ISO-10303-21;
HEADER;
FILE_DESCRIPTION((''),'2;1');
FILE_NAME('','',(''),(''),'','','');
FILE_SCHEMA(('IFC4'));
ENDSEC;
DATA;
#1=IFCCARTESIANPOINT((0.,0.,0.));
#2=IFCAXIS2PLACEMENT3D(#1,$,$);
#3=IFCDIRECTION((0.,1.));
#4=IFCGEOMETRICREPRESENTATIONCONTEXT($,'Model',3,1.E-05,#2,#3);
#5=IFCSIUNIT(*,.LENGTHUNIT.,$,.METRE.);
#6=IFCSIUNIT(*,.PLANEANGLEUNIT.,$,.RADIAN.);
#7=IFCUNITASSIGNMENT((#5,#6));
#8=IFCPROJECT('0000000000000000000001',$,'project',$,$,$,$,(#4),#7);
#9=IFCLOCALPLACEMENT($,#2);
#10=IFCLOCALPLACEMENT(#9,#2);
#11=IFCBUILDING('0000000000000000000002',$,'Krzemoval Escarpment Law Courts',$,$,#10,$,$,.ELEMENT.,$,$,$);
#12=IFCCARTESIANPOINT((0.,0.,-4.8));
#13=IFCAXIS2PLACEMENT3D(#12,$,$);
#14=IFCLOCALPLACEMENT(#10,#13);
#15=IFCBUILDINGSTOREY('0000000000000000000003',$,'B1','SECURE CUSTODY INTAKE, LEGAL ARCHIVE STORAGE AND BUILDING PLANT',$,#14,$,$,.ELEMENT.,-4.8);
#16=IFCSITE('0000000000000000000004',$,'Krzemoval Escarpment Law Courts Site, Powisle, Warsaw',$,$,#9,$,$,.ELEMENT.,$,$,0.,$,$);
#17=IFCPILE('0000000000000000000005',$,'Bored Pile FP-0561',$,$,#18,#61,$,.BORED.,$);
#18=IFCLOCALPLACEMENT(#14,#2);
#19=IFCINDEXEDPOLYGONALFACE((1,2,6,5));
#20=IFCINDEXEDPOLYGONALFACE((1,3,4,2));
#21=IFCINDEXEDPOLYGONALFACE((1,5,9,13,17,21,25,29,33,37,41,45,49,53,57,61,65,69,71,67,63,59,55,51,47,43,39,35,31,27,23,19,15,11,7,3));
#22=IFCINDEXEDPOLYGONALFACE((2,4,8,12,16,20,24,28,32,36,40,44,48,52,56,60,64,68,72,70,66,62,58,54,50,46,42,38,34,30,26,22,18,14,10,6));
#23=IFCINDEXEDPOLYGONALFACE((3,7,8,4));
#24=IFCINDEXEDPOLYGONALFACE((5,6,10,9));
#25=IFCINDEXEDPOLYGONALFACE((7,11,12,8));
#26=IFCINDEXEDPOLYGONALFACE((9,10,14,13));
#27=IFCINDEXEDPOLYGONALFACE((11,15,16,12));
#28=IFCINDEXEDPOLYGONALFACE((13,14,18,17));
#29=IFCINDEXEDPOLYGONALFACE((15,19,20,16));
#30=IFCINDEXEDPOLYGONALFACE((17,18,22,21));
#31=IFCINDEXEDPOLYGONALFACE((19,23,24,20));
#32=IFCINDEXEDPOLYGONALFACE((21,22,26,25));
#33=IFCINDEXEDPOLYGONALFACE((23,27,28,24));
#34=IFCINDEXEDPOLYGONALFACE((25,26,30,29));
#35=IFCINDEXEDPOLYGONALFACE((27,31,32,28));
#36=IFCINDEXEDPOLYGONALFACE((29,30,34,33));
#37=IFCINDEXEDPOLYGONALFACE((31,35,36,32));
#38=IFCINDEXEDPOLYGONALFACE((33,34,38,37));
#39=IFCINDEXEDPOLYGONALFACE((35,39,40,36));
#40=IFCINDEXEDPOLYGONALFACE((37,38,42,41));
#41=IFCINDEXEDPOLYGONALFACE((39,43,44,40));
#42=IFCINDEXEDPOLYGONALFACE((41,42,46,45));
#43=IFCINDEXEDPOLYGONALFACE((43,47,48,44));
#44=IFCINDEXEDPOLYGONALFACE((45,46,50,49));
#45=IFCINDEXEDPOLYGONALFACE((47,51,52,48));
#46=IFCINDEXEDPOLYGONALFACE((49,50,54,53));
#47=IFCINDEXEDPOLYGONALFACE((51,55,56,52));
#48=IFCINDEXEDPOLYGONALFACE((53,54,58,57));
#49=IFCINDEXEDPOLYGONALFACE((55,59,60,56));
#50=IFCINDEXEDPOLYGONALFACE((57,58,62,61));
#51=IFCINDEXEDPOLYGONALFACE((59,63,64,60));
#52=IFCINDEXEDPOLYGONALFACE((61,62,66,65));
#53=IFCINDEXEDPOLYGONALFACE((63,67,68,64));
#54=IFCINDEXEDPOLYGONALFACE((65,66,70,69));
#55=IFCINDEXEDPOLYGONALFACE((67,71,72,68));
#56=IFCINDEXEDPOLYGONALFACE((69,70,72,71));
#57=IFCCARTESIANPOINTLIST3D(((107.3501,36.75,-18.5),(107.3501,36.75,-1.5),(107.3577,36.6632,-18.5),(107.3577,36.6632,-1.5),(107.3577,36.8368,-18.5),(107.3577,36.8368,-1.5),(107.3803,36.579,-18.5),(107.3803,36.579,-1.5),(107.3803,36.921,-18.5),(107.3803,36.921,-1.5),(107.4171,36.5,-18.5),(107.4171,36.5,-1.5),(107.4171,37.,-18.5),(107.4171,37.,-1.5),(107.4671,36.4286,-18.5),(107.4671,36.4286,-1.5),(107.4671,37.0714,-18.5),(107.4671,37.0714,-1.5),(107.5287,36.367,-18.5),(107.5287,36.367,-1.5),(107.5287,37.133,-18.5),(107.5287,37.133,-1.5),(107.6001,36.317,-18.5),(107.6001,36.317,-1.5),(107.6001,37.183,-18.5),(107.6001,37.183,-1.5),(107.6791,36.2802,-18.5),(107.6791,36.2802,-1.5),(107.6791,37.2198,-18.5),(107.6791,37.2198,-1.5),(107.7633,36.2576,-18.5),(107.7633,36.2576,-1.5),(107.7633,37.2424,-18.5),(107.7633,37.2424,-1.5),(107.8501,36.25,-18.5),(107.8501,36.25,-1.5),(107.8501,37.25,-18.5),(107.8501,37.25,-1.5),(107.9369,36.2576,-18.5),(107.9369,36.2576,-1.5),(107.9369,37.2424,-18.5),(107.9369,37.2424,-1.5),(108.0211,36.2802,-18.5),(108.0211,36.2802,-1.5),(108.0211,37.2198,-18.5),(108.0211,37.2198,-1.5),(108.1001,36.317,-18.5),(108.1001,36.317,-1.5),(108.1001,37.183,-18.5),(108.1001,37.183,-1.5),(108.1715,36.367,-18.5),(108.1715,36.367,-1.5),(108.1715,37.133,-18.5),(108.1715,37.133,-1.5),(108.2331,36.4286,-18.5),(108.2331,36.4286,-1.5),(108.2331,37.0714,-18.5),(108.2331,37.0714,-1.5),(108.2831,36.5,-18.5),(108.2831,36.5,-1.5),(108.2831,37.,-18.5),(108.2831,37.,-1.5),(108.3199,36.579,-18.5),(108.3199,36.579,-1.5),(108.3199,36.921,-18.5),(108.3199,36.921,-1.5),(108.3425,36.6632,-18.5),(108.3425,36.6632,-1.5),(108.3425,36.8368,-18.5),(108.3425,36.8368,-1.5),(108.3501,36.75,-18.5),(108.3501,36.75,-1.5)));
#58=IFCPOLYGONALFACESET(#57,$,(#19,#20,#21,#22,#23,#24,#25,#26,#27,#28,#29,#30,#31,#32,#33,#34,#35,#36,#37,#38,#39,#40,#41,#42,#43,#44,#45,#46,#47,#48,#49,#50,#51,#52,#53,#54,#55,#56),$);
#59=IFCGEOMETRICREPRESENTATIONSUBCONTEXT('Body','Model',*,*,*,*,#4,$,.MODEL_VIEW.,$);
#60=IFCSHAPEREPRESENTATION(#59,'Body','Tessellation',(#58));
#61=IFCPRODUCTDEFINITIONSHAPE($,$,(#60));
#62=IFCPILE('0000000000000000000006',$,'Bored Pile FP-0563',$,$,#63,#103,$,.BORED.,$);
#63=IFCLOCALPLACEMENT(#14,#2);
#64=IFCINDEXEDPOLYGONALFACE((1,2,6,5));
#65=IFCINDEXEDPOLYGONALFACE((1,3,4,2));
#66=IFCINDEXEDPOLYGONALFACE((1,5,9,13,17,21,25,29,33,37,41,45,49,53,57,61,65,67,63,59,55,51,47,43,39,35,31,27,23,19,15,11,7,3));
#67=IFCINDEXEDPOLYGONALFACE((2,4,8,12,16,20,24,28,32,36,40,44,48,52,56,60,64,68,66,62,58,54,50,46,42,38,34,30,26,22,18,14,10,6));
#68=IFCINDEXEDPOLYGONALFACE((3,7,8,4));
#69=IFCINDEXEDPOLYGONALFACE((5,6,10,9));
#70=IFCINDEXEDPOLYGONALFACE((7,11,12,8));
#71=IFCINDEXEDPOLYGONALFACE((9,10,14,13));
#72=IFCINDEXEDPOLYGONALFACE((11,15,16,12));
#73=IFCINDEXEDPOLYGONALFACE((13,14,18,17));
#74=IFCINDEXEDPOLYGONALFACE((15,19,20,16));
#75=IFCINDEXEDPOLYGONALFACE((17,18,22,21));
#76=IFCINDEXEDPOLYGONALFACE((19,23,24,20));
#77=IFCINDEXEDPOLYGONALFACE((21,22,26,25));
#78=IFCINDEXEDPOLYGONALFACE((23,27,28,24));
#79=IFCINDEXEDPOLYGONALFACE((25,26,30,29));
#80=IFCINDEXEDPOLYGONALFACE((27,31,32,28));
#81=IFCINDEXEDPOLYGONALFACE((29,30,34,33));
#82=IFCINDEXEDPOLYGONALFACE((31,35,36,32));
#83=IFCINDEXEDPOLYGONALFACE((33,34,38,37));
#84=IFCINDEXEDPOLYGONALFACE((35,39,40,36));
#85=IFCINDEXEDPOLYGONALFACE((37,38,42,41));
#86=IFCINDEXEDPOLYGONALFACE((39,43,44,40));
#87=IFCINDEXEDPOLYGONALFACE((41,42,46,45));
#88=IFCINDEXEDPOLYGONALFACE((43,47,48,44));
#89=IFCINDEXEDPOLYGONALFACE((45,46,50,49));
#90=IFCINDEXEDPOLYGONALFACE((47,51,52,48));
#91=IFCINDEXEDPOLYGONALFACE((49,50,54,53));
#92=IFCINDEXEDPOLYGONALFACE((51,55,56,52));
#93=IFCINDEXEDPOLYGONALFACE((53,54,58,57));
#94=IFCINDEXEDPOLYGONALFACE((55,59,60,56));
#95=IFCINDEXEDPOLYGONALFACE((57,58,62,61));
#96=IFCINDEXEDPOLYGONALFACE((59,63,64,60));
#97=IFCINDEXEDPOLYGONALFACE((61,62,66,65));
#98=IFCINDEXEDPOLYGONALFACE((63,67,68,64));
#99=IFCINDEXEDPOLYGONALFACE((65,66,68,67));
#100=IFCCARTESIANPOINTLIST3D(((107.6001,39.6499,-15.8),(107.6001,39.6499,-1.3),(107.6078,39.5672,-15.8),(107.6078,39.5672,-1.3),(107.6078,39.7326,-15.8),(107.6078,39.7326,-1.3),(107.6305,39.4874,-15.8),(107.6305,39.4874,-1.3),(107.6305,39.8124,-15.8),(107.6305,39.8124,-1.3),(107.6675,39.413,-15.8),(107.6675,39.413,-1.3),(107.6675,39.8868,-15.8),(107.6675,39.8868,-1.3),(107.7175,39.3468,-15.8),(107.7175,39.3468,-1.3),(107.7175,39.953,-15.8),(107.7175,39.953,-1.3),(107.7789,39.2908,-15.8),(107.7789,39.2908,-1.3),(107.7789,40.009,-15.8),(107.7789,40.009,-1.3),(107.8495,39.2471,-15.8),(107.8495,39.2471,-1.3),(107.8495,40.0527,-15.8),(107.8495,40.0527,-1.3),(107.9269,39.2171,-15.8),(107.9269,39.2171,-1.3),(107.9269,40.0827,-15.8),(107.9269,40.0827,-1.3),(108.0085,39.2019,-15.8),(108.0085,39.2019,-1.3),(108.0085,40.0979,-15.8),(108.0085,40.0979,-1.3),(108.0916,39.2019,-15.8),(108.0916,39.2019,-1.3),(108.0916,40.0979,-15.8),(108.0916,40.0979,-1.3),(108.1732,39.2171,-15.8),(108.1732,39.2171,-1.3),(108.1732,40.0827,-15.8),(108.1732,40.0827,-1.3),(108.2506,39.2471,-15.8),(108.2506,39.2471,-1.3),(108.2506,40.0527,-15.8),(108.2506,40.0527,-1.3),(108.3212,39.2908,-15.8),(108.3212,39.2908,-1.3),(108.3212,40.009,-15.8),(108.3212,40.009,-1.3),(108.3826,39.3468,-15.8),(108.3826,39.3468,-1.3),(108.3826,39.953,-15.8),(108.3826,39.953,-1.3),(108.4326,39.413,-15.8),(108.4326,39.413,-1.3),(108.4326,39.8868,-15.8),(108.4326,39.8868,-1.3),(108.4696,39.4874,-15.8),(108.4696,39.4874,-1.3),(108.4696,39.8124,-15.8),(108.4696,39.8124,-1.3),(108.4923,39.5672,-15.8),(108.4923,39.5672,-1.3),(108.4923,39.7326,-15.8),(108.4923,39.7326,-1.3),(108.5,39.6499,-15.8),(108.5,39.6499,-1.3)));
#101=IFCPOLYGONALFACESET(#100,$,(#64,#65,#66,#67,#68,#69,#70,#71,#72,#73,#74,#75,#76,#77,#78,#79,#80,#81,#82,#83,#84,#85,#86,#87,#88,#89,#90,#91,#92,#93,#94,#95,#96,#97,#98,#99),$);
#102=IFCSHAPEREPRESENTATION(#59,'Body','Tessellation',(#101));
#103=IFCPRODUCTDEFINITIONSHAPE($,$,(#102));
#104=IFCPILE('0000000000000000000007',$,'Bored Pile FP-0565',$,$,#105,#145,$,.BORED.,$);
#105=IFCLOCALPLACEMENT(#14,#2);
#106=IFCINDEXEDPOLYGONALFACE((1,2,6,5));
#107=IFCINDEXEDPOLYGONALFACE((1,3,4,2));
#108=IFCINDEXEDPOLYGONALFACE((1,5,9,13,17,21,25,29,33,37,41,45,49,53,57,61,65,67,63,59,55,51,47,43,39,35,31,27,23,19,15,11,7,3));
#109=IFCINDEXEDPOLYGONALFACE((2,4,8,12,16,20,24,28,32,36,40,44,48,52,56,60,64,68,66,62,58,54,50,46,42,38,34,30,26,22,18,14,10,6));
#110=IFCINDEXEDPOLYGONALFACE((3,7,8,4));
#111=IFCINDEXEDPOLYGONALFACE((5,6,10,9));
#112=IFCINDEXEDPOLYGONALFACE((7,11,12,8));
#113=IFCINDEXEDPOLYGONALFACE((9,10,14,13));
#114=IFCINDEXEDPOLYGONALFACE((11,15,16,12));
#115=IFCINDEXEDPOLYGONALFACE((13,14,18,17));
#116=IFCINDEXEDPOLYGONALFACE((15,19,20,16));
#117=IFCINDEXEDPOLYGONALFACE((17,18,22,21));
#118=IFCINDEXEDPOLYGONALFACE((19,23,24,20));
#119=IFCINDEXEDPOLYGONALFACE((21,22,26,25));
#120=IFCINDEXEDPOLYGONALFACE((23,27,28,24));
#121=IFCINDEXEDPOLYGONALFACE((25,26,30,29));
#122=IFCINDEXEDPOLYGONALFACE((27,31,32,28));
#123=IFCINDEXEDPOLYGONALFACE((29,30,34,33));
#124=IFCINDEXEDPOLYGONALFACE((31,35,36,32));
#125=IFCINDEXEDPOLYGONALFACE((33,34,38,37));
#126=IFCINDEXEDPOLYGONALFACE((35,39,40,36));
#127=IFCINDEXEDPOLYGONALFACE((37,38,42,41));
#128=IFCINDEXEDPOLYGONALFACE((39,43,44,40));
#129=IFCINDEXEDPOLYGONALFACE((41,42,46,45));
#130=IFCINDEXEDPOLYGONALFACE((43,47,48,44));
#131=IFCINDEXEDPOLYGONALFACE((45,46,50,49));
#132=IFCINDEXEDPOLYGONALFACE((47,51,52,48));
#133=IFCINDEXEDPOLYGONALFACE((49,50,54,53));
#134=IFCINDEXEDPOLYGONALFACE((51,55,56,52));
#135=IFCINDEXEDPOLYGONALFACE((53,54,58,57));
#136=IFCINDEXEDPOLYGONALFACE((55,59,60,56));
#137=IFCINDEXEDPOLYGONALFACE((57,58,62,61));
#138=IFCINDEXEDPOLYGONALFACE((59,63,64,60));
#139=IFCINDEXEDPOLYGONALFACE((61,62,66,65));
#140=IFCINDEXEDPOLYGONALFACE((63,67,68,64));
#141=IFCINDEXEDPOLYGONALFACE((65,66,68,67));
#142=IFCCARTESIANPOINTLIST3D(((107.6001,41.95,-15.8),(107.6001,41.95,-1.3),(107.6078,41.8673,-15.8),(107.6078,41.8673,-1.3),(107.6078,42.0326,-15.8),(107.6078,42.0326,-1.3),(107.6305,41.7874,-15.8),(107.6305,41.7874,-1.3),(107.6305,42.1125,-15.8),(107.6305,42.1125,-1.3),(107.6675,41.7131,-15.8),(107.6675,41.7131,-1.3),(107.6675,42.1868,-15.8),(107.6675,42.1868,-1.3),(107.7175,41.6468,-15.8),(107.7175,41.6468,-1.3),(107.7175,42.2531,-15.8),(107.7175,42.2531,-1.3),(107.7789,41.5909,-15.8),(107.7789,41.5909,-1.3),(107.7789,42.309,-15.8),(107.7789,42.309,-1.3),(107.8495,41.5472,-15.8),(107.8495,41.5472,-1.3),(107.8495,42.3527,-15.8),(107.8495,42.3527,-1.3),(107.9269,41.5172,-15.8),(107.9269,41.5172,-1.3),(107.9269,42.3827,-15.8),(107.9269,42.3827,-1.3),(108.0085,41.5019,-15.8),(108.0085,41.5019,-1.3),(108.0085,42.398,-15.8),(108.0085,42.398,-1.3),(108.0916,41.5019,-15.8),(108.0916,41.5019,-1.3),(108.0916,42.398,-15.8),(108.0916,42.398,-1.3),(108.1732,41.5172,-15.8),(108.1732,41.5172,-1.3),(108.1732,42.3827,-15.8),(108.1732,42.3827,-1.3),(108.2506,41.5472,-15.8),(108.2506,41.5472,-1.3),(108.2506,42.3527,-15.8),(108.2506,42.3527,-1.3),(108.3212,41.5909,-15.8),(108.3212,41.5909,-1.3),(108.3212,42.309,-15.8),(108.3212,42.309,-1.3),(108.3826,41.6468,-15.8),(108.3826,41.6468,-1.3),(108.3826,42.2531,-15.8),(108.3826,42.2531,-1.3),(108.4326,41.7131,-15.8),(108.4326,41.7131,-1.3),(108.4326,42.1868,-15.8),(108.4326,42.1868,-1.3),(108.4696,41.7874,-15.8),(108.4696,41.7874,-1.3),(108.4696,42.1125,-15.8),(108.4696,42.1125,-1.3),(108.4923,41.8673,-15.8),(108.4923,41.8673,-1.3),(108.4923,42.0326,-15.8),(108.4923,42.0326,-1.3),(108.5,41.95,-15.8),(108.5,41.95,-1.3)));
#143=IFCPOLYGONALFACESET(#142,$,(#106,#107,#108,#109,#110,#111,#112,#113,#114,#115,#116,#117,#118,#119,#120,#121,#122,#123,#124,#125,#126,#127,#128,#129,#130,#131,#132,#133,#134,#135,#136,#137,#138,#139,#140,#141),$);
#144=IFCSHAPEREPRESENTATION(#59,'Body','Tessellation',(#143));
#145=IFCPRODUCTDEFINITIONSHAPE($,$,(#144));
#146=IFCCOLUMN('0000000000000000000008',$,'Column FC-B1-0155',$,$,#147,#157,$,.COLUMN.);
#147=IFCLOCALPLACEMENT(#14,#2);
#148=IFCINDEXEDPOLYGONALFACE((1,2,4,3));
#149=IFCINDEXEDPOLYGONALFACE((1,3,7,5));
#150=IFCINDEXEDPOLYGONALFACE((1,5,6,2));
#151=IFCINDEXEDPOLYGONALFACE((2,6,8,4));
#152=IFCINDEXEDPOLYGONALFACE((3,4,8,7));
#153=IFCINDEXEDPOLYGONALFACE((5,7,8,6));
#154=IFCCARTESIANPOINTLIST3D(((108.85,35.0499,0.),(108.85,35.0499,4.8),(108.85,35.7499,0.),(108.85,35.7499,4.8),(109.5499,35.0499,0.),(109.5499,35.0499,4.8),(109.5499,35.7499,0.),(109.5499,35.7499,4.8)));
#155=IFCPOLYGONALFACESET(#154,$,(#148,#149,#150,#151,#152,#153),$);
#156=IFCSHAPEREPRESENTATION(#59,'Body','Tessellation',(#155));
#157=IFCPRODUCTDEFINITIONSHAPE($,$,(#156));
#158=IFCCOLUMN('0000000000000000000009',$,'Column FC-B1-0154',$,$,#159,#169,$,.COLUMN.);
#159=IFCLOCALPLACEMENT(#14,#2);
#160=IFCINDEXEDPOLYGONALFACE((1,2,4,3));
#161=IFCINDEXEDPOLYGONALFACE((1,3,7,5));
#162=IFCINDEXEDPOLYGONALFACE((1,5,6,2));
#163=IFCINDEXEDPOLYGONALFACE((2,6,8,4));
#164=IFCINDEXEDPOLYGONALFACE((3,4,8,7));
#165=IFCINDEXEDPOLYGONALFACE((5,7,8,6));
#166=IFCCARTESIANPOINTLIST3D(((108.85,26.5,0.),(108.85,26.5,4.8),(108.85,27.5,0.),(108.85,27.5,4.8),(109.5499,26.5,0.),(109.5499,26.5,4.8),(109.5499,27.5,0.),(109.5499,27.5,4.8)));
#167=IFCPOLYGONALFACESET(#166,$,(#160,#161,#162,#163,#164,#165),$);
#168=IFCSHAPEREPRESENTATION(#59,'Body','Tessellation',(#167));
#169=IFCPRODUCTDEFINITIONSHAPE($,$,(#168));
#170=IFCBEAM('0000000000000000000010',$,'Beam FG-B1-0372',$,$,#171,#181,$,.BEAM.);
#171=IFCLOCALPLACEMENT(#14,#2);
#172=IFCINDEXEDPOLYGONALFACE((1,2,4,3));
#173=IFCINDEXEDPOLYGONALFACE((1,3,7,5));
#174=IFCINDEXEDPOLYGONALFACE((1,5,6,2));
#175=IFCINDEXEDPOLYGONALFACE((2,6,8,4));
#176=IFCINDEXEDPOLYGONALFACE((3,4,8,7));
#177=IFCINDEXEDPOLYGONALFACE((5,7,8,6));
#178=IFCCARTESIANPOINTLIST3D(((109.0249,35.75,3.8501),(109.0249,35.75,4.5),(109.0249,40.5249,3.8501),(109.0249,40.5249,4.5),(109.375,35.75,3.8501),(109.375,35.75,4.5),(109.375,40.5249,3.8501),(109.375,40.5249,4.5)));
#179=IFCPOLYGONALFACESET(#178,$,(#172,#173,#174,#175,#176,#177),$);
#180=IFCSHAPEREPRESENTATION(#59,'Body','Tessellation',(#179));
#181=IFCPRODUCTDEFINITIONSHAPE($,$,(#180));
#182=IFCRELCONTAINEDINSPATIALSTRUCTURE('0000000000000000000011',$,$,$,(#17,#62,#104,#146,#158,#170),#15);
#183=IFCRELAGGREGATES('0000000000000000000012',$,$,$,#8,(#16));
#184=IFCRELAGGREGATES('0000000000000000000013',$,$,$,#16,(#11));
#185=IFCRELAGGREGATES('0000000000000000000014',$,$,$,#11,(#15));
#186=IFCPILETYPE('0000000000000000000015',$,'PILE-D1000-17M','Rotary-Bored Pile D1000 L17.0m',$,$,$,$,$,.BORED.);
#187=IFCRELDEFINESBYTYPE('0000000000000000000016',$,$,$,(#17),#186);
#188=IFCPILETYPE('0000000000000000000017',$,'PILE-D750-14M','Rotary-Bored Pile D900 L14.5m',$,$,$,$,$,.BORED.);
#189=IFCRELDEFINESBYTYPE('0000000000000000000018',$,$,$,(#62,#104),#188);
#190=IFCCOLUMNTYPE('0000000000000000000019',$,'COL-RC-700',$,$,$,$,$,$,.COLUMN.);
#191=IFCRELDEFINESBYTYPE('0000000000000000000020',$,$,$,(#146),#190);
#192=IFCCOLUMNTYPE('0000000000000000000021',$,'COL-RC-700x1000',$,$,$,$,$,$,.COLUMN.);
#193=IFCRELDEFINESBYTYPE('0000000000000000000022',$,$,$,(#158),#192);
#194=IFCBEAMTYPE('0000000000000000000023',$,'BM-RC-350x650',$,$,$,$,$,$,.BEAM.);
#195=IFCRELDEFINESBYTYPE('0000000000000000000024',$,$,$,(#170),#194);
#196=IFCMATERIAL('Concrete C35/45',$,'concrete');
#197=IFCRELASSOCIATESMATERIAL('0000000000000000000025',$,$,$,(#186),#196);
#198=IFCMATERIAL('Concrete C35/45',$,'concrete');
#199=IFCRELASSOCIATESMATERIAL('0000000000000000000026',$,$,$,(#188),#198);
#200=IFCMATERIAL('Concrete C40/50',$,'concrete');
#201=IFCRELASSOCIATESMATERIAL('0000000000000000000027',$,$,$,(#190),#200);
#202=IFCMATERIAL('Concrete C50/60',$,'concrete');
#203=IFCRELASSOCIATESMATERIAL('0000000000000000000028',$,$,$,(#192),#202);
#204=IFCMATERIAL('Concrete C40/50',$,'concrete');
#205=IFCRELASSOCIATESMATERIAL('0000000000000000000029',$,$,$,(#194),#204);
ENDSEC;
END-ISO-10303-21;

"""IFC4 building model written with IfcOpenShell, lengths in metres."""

from ifc_helpers import new_model, si_unit, direction, frame, origin, origin_2d, place, context, subcontext, project, spatial, rectangle, circle, extrude, material, material_profile, profile_set, type_object, element, save


model = new_model("IFC4")

# Units and contexts
model_context = context("Model", 3, precision=1e-05, world=origin(), true_north=direction((0.0, 1.0)))
body_context = subcontext(model_context, "Body", "Model", "MODEL_VIEW")
ifc_project = project(units=[si_unit("LENGTHUNIT", "METRE"), si_unit("PLANEANGLEUNIT", "RADIAN")], contexts=[model_context])

# Site, building, storey
site_placement = place(None, origin())
site = spatial("IfcSite", under=ifc_project, at=site_placement, Name="Krzemoval Escarpment Law Courts Site, Powisle, Warsaw", CompositionType="ELEMENT", RefElevation=0.0)
building_placement = place(site_placement, origin())
building = spatial("IfcBuilding", under=site, at=building_placement, Name="Krzemoval Escarpment Law Courts", CompositionType="ELEMENT")
storey_placement = place(building_placement, frame((0.0, 0.0, -4.8)))
storey = spatial("IfcBuildingStorey", under=building, at=storey_placement, Name="B1", Description="SECURE CUSTODY INTAKE, LEGAL ARCHIVE STORAGE AND BUILDING PLANT", CompositionType="ELEMENT", Elevation=-4.8)

# Piles
ifc_material_1 = material(Name="Concrete C35/45", Category="concrete")
ifc_material_profile_1 = material_profile(ifc_material_1, circle(Radius=0.5, at=origin_2d()), Name="PILE D1000")
ifc_profile_set_1 = profile_set([ifc_material_profile_1], Name="Concrete C35/45")
pile_type_1 = type_object("IfcPileType", Name="PILE-D1000-17M", Description="Rotary-Bored Pile D1000 L17.0m", PredefinedType="BORED", material=ifc_profile_set_1)
for number, where, z_axis, x_axis, name in (
    (1, (107.8501, 36.75, -1.5), (0.0, 0.0, -1.0), (1.0, 0.0, 0.0), "Bored Pile FP-0561"),
):
    element("IfcPile", number, at=place(storey_placement, frame(where, z_axis=z_axis, x_axis=x_axis)), inside=storey, type_object=pile_type_1, Name=name, PredefinedType="BORED", context=body_context, shape_type="SweptSolid", body=[
        extrude(circle(Radius=0.5, at=origin_2d()), origin(), (0.0, 0.0, 1.0), 17.0),
    ])
ifc_material_2 = material(Name="Concrete C35/45", Category="concrete")
ifc_material_profile_2 = material_profile(ifc_material_2, circle(Radius=0.45, at=origin_2d()), Name="PILE D900")
ifc_profile_set_2 = profile_set([ifc_material_profile_2], Name="Concrete C35/45")
pile_type_2 = type_object("IfcPileType", Name="PILE-D750-14M", Description="Rotary-Bored Pile D900 L14.5m", PredefinedType="BORED", material=ifc_profile_set_2)
for number, where, z_axis, x_axis, name in (
    (2, (108.05, 39.6499, -1.3), (0.0, 0.0, -1.0), (1.0, 0.0, 0.0), "Bored Pile FP-0563"),
    (3, (108.05, 41.95, -1.3), (0.0, 0.0, -1.0), (1.0, 0.0, 0.0), "Bored Pile FP-0565"),
):
    element("IfcPile", number, at=place(storey_placement, frame(where, z_axis=z_axis, x_axis=x_axis)), inside=storey, type_object=pile_type_2, Name=name, PredefinedType="BORED", context=body_context, shape_type="SweptSolid", body=[
        extrude(circle(Radius=0.45, at=origin_2d()), origin(), (0.0, 0.0, 1.0), 14.5),
    ])

# Columns
ifc_material_3 = material(Name="Concrete C40/50", Category="concrete")
ifc_material_profile_3 = material_profile(ifc_material_3, rectangle(XDim=0.7, YDim=0.7, at=origin_2d()), Name="RC 700x700")
ifc_profile_set_3 = profile_set([ifc_material_profile_3], Name="Concrete C40/50")
column_type_1 = type_object("IfcColumnType", Name="COL-RC-700", PredefinedType="COLUMN", material=ifc_profile_set_3)
column_1_placement = place(storey_placement, frame((109.2, 35.3999, 0.0), z_axis=(0.0, 0.0, 1.0), x_axis=(1.0, 0.0, 0.0)))
element("IfcColumn", 4, at=column_1_placement, inside=storey, type_object=column_type_1, Name="Column FC-B1-0155", PredefinedType="COLUMN", context=body_context, shape_type="SweptSolid", body=[
    extrude(rectangle(XDim=0.7, YDim=0.7, at=origin_2d()), origin(), (0.0, 0.0, 1.0), 4.8),
])
ifc_material_4 = material(Name="Concrete C50/60", Category="concrete")
ifc_material_profile_4 = material_profile(ifc_material_4, rectangle(XDim=0.7, YDim=1.0, at=origin_2d()), Name="RC 700x1000")
ifc_profile_set_4 = profile_set([ifc_material_profile_4], Name="Concrete C50/60")
column_type_2 = type_object("IfcColumnType", Name="COL-RC-700x1000", PredefinedType="COLUMN", material=ifc_profile_set_4)
column_2_placement = place(storey_placement, frame((109.2, 27.0, 0.0), z_axis=(0.0, 0.0, 1.0), x_axis=(1.0, 0.0, 0.0)))
element("IfcColumn", 5, at=column_2_placement, inside=storey, type_object=column_type_2, Name="Column FC-B1-0154", PredefinedType="COLUMN", context=body_context, shape_type="SweptSolid", body=[
    extrude(rectangle(XDim=0.7, YDim=1.0, at=origin_2d()), origin(), (0.0, 0.0, 1.0), 4.8),
])

# Beam
ifc_material_5 = material(Name="Concrete C40/50", Category="concrete")
ifc_material_profile_5 = material_profile(ifc_material_5, rectangle(XDim=0.3501, YDim=0.6499, at=origin_2d()), Name="RCB 350x650")
ifc_profile_set_5 = profile_set([ifc_material_profile_5], Name="Concrete C40/50")
beam_type_1 = type_object("IfcBeamType", Name="BM-RC-350x650", PredefinedType="BEAM", material=ifc_profile_set_5)
beam_1_placement = place(storey_placement, frame((109.2, 35.75, 4.175), z_axis=(0.0, 1.0, 0.0), x_axis=(-1.0, 0.0, 0.0)))
element("IfcBeam", 6, at=beam_1_placement, inside=storey, type_object=beam_type_1, Name="Beam FG-B1-0372", PredefinedType="BEAM", context=body_context, shape_type="SweptSolid", body=[
    extrude(rectangle(XDim=0.3501, YDim=0.6499, at=origin_2d()), origin(), (0.0, 0.0, 1.0), 4.7749),
])

save(model, "model.ifc")
